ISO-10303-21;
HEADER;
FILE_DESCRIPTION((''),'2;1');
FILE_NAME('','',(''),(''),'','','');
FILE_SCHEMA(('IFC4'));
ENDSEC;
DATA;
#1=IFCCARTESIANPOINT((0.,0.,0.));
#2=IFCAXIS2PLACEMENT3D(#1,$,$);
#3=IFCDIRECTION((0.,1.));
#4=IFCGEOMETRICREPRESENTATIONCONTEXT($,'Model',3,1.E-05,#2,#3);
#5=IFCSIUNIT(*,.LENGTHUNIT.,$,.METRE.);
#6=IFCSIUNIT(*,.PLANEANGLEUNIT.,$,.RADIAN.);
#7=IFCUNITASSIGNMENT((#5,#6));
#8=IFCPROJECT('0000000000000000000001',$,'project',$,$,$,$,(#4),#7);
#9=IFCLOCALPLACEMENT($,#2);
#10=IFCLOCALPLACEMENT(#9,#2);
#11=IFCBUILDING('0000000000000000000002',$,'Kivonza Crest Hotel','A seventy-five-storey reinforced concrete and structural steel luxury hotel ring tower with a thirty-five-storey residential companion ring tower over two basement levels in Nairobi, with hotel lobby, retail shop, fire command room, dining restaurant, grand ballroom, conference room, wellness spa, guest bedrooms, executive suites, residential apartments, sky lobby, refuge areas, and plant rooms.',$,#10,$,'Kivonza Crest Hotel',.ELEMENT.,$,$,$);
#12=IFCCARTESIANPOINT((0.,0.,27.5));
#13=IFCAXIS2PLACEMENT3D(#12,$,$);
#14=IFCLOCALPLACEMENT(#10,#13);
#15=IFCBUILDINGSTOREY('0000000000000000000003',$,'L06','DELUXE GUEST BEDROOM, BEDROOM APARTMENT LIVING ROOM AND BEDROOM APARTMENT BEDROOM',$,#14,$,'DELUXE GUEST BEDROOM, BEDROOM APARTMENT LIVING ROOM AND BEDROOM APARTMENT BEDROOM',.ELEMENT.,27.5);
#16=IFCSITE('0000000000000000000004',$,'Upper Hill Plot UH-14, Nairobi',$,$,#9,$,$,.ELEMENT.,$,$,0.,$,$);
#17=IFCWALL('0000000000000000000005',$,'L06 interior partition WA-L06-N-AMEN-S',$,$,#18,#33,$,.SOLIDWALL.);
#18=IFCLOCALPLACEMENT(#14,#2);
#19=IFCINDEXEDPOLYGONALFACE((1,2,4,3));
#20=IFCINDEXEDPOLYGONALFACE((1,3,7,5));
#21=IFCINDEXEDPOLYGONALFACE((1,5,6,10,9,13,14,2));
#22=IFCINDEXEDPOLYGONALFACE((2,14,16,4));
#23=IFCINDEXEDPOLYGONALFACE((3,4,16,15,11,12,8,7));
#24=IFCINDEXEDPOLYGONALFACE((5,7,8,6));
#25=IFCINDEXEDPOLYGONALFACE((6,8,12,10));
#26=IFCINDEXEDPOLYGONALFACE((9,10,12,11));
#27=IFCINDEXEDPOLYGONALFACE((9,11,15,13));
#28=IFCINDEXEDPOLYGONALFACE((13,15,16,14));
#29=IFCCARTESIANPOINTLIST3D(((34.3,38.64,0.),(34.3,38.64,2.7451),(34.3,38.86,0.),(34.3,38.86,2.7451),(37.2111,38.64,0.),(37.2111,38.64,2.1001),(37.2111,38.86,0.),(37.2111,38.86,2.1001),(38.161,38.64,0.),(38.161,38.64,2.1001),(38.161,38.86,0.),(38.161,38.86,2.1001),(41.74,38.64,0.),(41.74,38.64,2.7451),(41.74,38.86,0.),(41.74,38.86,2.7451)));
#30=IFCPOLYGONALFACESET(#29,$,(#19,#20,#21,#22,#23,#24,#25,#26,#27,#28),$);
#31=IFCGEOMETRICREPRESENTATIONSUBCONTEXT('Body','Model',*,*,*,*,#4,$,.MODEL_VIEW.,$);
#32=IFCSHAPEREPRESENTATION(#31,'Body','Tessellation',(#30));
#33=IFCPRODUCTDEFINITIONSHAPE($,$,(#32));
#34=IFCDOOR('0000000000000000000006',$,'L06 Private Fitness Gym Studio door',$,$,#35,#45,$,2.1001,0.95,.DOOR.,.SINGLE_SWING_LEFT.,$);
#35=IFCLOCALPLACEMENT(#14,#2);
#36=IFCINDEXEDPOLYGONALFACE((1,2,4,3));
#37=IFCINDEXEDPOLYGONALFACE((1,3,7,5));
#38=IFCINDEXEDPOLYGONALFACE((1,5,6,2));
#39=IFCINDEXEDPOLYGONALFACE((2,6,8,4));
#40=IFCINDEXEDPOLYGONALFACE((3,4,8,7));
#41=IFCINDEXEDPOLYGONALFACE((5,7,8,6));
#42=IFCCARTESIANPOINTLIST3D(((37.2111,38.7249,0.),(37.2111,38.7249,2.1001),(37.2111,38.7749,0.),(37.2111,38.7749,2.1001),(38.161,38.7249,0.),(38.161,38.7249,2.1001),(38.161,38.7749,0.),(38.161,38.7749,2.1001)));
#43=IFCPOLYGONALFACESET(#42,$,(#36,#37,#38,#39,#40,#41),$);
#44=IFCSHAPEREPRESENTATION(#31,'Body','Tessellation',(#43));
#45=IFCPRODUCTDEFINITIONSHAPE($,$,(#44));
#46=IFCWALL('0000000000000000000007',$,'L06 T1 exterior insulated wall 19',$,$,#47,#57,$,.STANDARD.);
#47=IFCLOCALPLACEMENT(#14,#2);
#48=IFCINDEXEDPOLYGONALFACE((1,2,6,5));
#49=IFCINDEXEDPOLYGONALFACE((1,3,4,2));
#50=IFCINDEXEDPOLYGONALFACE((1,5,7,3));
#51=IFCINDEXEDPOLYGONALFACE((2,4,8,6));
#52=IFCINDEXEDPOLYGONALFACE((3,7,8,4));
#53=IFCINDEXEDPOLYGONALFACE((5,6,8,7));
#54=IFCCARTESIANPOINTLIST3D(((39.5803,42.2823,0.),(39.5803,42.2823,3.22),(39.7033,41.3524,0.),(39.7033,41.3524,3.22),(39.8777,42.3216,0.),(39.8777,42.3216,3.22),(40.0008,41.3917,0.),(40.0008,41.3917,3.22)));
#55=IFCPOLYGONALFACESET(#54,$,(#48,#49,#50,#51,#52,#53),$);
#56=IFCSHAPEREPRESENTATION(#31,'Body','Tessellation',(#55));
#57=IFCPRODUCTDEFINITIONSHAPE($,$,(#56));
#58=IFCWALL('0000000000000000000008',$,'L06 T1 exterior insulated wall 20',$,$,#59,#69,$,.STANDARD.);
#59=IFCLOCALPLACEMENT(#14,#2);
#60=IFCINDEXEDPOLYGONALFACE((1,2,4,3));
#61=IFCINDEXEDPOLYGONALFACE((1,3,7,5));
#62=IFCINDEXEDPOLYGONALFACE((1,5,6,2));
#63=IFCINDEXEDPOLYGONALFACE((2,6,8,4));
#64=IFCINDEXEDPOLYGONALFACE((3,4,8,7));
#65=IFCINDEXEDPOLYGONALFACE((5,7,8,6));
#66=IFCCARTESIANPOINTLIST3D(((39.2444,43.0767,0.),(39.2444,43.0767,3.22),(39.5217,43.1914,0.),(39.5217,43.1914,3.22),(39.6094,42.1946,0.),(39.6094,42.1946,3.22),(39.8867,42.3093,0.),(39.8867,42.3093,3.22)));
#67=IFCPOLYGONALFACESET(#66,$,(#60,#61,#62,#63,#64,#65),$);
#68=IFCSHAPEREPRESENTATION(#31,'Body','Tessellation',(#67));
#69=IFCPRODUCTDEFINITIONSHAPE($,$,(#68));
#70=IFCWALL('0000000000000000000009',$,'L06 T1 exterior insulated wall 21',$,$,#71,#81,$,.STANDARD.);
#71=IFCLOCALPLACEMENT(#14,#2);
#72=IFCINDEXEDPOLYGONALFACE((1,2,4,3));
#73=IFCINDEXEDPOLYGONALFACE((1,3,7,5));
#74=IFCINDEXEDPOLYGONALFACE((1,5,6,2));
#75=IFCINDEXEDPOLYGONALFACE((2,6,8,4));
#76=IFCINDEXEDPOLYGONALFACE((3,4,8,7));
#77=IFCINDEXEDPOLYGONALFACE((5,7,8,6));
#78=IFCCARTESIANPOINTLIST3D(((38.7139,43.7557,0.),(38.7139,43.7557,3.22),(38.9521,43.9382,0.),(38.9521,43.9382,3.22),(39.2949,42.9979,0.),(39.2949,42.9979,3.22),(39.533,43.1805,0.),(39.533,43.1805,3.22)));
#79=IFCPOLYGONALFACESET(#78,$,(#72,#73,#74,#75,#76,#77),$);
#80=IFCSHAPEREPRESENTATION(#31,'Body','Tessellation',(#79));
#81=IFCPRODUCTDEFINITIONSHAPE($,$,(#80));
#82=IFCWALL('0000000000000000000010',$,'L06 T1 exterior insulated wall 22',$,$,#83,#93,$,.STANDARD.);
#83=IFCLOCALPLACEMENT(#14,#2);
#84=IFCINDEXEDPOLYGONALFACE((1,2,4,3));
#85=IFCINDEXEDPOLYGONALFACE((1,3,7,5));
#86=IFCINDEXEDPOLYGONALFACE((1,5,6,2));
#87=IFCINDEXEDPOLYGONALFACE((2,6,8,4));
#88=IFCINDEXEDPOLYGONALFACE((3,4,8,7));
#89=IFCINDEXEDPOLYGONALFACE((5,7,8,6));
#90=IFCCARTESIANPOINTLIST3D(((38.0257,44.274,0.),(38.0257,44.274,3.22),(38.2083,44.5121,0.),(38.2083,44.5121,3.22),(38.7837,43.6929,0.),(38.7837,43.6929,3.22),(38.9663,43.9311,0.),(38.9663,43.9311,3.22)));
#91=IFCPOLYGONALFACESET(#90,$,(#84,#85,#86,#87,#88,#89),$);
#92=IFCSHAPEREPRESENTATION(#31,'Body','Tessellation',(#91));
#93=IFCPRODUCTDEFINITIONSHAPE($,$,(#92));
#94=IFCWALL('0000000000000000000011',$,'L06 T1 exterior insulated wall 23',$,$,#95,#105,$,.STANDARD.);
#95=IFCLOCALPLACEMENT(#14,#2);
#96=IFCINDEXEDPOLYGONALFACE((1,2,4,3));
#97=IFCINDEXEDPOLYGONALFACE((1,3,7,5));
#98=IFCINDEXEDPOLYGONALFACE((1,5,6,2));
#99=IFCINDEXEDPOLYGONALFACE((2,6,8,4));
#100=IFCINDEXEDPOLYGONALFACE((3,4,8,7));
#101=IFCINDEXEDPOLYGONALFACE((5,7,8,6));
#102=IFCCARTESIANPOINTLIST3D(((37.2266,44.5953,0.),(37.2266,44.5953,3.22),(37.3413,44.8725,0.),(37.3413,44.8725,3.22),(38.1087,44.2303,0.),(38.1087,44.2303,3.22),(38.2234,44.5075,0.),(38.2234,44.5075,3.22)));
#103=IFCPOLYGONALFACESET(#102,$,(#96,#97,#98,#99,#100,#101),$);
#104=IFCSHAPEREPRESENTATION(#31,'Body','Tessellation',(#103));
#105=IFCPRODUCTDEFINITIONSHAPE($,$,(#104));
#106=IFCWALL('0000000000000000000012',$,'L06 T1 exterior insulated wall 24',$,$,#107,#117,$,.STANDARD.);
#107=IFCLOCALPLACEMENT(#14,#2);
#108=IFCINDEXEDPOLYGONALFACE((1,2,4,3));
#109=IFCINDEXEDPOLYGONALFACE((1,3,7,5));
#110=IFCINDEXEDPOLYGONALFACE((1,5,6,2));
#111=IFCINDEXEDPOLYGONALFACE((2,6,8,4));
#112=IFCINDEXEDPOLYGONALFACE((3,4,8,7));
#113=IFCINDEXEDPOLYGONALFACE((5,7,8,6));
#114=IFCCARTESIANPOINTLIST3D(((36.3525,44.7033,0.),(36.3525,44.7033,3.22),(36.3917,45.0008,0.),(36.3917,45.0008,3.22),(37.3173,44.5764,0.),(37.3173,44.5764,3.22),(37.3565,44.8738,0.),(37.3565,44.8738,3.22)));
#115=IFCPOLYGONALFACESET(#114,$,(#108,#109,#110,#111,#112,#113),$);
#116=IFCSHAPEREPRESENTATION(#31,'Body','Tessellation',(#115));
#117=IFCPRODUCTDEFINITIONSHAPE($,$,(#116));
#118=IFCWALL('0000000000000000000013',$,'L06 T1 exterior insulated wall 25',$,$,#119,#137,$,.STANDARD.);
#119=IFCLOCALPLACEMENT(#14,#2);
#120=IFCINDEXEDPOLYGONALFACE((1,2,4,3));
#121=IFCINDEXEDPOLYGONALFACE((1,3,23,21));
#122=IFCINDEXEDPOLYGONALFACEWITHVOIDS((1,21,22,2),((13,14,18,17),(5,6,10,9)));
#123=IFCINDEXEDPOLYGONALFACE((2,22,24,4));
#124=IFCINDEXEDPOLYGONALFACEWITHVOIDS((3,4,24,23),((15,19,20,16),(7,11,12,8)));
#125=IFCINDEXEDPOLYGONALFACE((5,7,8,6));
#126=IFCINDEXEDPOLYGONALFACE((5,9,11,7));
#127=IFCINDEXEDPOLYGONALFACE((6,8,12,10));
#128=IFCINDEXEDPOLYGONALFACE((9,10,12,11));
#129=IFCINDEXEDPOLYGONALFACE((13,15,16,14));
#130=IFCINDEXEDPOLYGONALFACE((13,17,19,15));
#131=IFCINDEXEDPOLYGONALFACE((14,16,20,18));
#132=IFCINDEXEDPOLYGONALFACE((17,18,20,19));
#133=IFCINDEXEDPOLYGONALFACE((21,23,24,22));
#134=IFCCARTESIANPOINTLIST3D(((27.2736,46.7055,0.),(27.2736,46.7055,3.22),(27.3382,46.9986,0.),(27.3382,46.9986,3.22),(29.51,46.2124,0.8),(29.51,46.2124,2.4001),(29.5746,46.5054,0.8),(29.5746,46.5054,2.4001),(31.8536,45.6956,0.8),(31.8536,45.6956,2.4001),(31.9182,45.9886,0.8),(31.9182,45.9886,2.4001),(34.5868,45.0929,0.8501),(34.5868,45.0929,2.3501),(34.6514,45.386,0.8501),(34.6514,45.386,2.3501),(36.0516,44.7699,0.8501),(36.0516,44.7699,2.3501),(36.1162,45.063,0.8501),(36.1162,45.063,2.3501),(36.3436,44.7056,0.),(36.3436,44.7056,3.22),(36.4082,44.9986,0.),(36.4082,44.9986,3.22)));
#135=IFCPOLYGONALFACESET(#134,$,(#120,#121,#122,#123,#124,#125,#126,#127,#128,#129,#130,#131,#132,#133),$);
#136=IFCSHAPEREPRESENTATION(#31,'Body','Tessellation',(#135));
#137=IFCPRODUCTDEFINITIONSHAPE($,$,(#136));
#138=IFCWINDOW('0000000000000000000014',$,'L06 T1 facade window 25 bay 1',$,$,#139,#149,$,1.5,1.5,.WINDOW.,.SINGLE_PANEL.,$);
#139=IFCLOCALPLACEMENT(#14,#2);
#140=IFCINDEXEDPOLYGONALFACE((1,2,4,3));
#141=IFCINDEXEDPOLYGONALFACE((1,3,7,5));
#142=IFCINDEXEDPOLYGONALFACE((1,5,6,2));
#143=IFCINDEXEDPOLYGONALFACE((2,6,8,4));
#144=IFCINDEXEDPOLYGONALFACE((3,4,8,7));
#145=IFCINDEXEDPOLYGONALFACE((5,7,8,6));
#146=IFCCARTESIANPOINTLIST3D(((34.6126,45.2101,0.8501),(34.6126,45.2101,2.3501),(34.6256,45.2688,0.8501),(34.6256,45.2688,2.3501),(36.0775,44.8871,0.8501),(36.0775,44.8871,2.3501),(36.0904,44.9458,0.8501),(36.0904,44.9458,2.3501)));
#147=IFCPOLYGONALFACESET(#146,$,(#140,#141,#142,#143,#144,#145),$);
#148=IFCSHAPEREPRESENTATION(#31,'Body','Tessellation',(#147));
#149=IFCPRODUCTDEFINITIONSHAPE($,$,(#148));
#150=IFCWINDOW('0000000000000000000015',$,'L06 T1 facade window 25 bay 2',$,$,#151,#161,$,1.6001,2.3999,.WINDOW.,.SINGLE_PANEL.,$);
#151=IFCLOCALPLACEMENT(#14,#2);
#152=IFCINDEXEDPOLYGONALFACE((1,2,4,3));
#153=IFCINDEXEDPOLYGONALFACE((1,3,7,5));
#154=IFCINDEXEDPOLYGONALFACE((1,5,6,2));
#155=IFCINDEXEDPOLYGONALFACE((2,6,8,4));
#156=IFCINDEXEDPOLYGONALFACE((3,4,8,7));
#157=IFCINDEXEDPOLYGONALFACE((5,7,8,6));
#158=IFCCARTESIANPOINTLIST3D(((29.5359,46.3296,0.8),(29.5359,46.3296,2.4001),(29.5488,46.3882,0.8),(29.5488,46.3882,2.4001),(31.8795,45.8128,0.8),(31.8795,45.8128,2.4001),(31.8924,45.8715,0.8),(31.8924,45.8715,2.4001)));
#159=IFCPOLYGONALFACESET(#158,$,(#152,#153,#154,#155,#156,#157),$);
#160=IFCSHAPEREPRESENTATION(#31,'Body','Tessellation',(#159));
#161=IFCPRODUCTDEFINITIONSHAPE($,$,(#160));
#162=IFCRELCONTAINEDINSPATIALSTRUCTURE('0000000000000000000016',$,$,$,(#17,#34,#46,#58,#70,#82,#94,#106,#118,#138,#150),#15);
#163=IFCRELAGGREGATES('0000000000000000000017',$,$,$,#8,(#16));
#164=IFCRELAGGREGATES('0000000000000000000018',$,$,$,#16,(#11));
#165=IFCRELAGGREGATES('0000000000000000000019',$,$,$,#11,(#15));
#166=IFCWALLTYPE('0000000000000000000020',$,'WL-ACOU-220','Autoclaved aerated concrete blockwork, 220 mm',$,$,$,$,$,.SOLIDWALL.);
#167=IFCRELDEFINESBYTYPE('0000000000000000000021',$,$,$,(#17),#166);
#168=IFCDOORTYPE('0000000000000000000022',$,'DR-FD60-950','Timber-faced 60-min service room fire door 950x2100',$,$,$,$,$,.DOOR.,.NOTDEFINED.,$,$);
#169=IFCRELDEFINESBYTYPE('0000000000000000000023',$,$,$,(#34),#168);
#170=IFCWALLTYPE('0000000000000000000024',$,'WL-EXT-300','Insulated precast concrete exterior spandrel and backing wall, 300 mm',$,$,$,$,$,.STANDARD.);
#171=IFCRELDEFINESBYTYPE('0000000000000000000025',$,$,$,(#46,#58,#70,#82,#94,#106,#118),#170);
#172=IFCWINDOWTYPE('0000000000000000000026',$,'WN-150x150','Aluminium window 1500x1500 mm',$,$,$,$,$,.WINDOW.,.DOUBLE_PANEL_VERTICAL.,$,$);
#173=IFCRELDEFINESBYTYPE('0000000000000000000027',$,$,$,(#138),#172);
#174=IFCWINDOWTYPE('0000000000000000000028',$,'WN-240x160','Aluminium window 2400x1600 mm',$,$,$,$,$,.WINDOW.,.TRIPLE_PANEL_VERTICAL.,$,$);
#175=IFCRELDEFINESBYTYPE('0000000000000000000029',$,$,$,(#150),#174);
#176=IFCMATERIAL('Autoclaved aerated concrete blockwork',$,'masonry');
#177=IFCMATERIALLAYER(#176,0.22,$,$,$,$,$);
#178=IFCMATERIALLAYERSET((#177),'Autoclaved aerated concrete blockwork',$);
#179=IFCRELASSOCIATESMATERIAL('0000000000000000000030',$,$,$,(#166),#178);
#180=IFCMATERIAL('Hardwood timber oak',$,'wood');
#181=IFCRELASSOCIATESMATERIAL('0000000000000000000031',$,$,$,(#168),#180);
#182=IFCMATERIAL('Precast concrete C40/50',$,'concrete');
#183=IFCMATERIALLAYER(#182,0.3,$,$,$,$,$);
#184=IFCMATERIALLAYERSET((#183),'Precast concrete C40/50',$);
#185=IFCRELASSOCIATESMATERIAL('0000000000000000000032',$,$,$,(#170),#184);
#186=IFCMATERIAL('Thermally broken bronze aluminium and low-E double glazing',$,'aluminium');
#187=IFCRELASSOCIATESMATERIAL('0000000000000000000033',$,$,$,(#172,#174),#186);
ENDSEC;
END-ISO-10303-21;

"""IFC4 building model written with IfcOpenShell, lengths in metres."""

from ifc_helpers import new_model, si_unit, direction, frame, frame_2d, origin, place, context, subcontext, project, spatial, rectangle, extrude, material, layer, layer_set, type_object, element, fill, save


model = new_model("IFC4")

# Units and contexts
model_context = context("Model", 3, precision=1e-05, world=origin(), true_north=direction((0.0, 1.0)))
body_context = subcontext(model_context, "Body", "Model", "MODEL_VIEW")
ifc_project = project(units=[si_unit("LENGTHUNIT", "METRE"), si_unit("PLANEANGLEUNIT", "RADIAN")], contexts=[model_context])

# Site, building, storey
site_placement = place(None, origin())
site = spatial("IfcSite", under=ifc_project, at=site_placement, Name="Upper Hill Plot UH-14, Nairobi", CompositionType="ELEMENT", RefElevation=0.0)
building_placement = place(site_placement, origin())
building = spatial("IfcBuilding", under=site, at=building_placement, Name="Kivonza Crest Hotel", Description="A seventy-five-storey reinforced concrete and structural steel luxury hotel ring tower with a thirty-five-storey residential companion ring tower over two basement levels in Nairobi, with hotel lobby, retail shop, fire command room, dining restaurant, grand ballroom, conference room, wellness spa, guest bedrooms, executive suites, residential apartments, sky lobby, refuge areas, and plant rooms.", LongName="Kivonza Crest Hotel", CompositionType="ELEMENT")
storey_placement = place(building_placement, frame((0.0, 0.0, 27.5)))
storey = spatial("IfcBuildingStorey", under=building, at=storey_placement, Name="L06", Description="DELUXE GUEST BEDROOM, BEDROOM APARTMENT LIVING ROOM AND BEDROOM APARTMENT BEDROOM", LongName="DELUXE GUEST BEDROOM, BEDROOM APARTMENT LIVING ROOM AND BEDROOM APARTMENT BEDROOM", CompositionType="ELEMENT", Elevation=27.5)

# Wall, opening, door
ifc_material_1 = material(Name="Autoclaved aerated concrete blockwork", Category="masonry")
ifc_layer_1 = layer(ifc_material_1, 0.22)
ifc_layer_set_1 = layer_set([ifc_layer_1], Name="Autoclaved aerated concrete blockwork")
wall_type_1 = type_object("IfcWallType", Name="WL-ACOU-220", Description="Autoclaved aerated concrete blockwork, 220 mm", PredefinedType="SOLIDWALL", material=ifc_layer_set_1)
ifc_material_2 = material(Name="Hardwood timber oak", Category="wood")
wall_1_placement = place(storey_placement, frame((34.3, 38.75, 0.0), z_axis=(0.0, 0.0, 1.0), x_axis=(1.0, 0.0, 0.0)))
wall_1 = element("IfcWall", 1, at=wall_1_placement, inside=storey, type_object=wall_type_1, Name="L06 interior partition WA-L06-N-AMEN-S", PredefinedType="SOLIDWALL", context=body_context, shape_type="SweptSolid", body=[
    extrude(rectangle(XDim=7.4399, YDim=0.22, at=frame_2d((3.72, 0.0))), origin(), (0.0, 0.0, 1.0), 2.7451),
])
opening_1_placement = place(wall_1_placement, frame((2.9109, 0.0, 0.0)))
opening_1 = element("IfcOpeningElement", 2, at=opening_1_placement, cuts=wall_1, PredefinedType="OPENING", context=body_context, shape_type="SweptSolid", body=[
    extrude(rectangle(XDim=0.95, YDim=2.1001, at=frame_2d((0.4751, 1.05))), frame((0.0, 0.1201, 0.0), z_axis=(0.0, -1.0, 0.0), x_axis=(1.0, 0.0, 0.0)), (0.0, 0.0, 1.0), 0.24),
])
door_type_1 = type_object("IfcDoorType", Name="DR-FD60-950", Description="Timber-faced 60-min service room fire door 950x2100", OperationType="NOTDEFINED", PredefinedType="DOOR", material=ifc_material_2)
door_1_placement = place(opening_1_placement, origin())
door_1 = element("IfcDoor", 3, at=door_1_placement, inside=storey, type_object=door_type_1, Name="L06 Private Fitness Gym Studio door", OperationType="SINGLE_SWING_LEFT", OverallHeight=2.1001, OverallWidth=0.95, PredefinedType="DOOR", context=body_context, shape_type="SweptSolid", body=[
    extrude(rectangle(XDim=0.95, YDim=2.1001, at=frame_2d((0.4751, 1.05))), frame((0.0, 0.0249, 0.0), z_axis=(0.0, -1.0, 0.0), x_axis=(1.0, 0.0, 0.0)), (0.0, 0.0, 1.0), 0.05),
])
fill(opening_1, door_1)

# Walls
ifc_material_3 = material(Name="Precast concrete C40/50", Category="concrete")
ifc_layer_2 = layer(ifc_material_3, 0.3)
ifc_layer_set_2 = layer_set([ifc_layer_2], Name="Precast concrete C40/50")
wall_type_2 = type_object("IfcWallType", Name="WL-EXT-300", Description="Insulated precast concrete exterior spandrel and backing wall, 300 mm", PredefinedType="STANDARD", material=ifc_layer_set_2)
wall_2_placement = place(storey_placement, frame((39.8521, 41.3721, 0.0), z_axis=(0.0, 0.0, 1.0), x_axis=(-0.131175, 0.991359, 0.0)))
element("IfcWall", 4, at=wall_2_placement, inside=storey, type_object=wall_type_2, Name="L06 T1 exterior insulated wall 19", PredefinedType="STANDARD", context=body_context, shape_type="SweptSolid", body=[
    extrude(rectangle(XDim=0.938, YDim=0.3, at=frame_2d((0.469, 0.0))), origin(), (0.0, 0.0, 1.0), 3.22),
])
wall_3_placement = place(storey_placement, frame((39.748, 42.252, 0.0), z_axis=(0.0, 0.0, 1.0), x_axis=(-0.382344, 0.92402, 0.0)))
element("IfcWall", 5, at=wall_3_placement, inside=storey, type_object=wall_type_2, Name="L06 T1 exterior insulated wall 20", PredefinedType="STANDARD", context=body_context, shape_type="SweptSolid", body=[
    extrude(rectangle(XDim=0.9546, YDim=0.3, at=frame_2d((0.4773, 0.0))), origin(), (0.0, 0.0, 1.0), 3.22),
])
wall_4_placement = place(storey_placement, frame((39.4141, 43.0891, 0.0), z_axis=(0.0, 0.0, 1.0), x_axis=(-0.608474, 0.793573, 0.0)))
element("IfcWall", 6, at=wall_4_placement, inside=storey, type_object=wall_type_2, Name="L06 T1 exterior insulated wall 21", PredefinedType="STANDARD", context=body_context, shape_type="SweptSolid", body=[
    extrude(rectangle(XDim=0.9548, YDim=0.3, at=frame_2d((0.4775, 0.0))), origin(), (0.0, 0.0, 1.0), 3.22),
])
wall_5_placement = place(storey_placement, frame((38.875, 43.812, 0.0), z_axis=(0.0, 0.0, 1.0), x_axis=(-0.793668, 0.608351, 0.0)))
element("IfcWall", 7, at=wall_5_placement, inside=storey, type_object=wall_type_2, Name="L06 T1 exterior insulated wall 22", PredefinedType="STANDARD", context=body_context, shape_type="SweptSolid", body=[
    extrude(rectangle(XDim=0.9551, YDim=0.3, at=frame_2d((0.4775, 0.0))), origin(), (0.0, 0.0, 1.0), 3.22),
])
wall_6_placement = place(storey_placement, frame((38.166, 44.3689, 0.0), z_axis=(0.0, 0.0, 1.0), x_axis=(-0.92402, 0.382344, 0.0)))
element("IfcWall", 8, at=wall_6_placement, inside=storey, type_object=wall_type_2, Name="L06 T1 exterior insulated wall 23", PredefinedType="STANDARD", context=body_context, shape_type="SweptSolid", body=[
    extrude(rectangle(XDim=0.9546, YDim=0.3, at=frame_2d((0.4773, 0.0))), origin(), (0.0, 0.0, 1.0), 3.22),
])
wall_7_placement = place(storey_placement, frame((37.3369, 44.7251, 0.0), z_axis=(0.0, 0.0, 1.0), x_axis=(-0.991454, 0.130455, 0.0)))
element("IfcWall", 9, at=wall_7_placement, inside=storey, type_object=wall_type_2, Name="L06 T1 exterior insulated wall 24", PredefinedType="STANDARD", context=body_context, shape_type="SweptSolid", body=[
    extrude(rectangle(XDim=0.9731, YDim=0.3, at=frame_2d((0.4866, 0.0))), origin(), (0.0, 0.0, 1.0), 3.22),
])

# Wall, openings, windows
wall_8_placement = place(storey_placement, frame((36.376, 44.8521, 0.0), z_axis=(0.0, 0.0, 1.0), x_axis=(-0.976541, 0.215333, 0.0)))
wall_8 = element("IfcWall", 10, at=wall_8_placement, inside=storey, type_object=wall_type_2, Name="L06 T1 exterior insulated wall 25", PredefinedType="STANDARD", context=body_context, shape_type="SweptSolid", body=[
    extrude(rectangle(XDim=9.2878, YDim=0.3, at=frame_2d((4.644, 0.0))), origin(), (0.0, 0.0, 1.0), 3.22),
])
opening_2_placement = place(wall_8_placement, frame((0.2991, 0.0, 0.8501)))
opening_2 = element("IfcOpeningElement", 11, at=opening_2_placement, cuts=wall_8, PredefinedType="OPENING", context=body_context, shape_type="SweptSolid", body=[
    extrude(rectangle(XDim=1.5, YDim=1.5, at=frame_2d((0.75, 0.75))), frame((0.0, 0.1602, 0.0), z_axis=(0.0, -1.0, 0.0), x_axis=(1.0, 0.0, 0.0)), (0.0, 0.0, 1.0), 0.3201),
])
opening_3_placement = place(wall_8_placement, frame((4.5979, 0.0, 0.8)))
opening_3 = element("IfcOpeningElement", 12, at=opening_3_placement, cuts=wall_8, PredefinedType="OPENING", context=body_context, shape_type="SweptSolid", body=[
    extrude(rectangle(XDim=2.3999, YDim=1.6001, at=frame_2d((1.2, 0.8))), frame((0.0, 0.1602, 0.0), z_axis=(0.0, -1.0, 0.0), x_axis=(1.0, 0.0, 0.0)), (0.0, 0.0, 1.0), 0.3201),
])
ifc_material_4 = material(Name="Thermally broken bronze aluminium and low-E double glazing", Category="aluminium")
window_type_1 = type_object("IfcWindowType", Name="WN-150x150", Description="Aluminium window 1500x1500 mm", PartitioningType="DOUBLE_PANEL_VERTICAL", PredefinedType="WINDOW", material=ifc_material_4)
window_1_placement = place(opening_2_placement, origin())
window_1 = element("IfcWindow", 13, at=window_1_placement, inside=storey, type_object=window_type_1, Name="L06 T1 facade window 25 bay 1", OverallHeight=1.5, OverallWidth=1.5, PartitioningType="SINGLE_PANEL", PredefinedType="WINDOW", context=body_context, shape_type="SweptSolid", body=[
    extrude(rectangle(XDim=1.5, YDim=1.5, at=frame_2d((0.75, 0.75))), frame((0.0, 0.03, 0.0), z_axis=(0.0, -1.0, 0.0), x_axis=(1.0, 0.0, 0.0)), (0.0, 0.0, 1.0), 0.0601),
])
fill(opening_2, window_1)
window_type_2 = type_object("IfcWindowType", Name="WN-240x160", Description="Aluminium window 2400x1600 mm", PartitioningType="TRIPLE_PANEL_VERTICAL", PredefinedType="WINDOW", material=ifc_material_4)
window_2_placement = place(opening_3_placement, origin())
window_2 = element("IfcWindow", 14, at=window_2_placement, inside=storey, type_object=window_type_2, Name="L06 T1 facade window 25 bay 2", OverallHeight=1.6001, OverallWidth=2.3999, PartitioningType="SINGLE_PANEL", PredefinedType="WINDOW", context=body_context, shape_type="SweptSolid", body=[
    extrude(rectangle(XDim=2.3999, YDim=1.6001, at=frame_2d((1.2, 0.8))), frame((0.0, 0.03, 0.0), z_axis=(0.0, -1.0, 0.0), x_axis=(1.0, 0.0, 0.0)), (0.0, 0.0, 1.0), 0.0601),
])
fill(opening_3, window_2)

save(model, "model.ifc")
